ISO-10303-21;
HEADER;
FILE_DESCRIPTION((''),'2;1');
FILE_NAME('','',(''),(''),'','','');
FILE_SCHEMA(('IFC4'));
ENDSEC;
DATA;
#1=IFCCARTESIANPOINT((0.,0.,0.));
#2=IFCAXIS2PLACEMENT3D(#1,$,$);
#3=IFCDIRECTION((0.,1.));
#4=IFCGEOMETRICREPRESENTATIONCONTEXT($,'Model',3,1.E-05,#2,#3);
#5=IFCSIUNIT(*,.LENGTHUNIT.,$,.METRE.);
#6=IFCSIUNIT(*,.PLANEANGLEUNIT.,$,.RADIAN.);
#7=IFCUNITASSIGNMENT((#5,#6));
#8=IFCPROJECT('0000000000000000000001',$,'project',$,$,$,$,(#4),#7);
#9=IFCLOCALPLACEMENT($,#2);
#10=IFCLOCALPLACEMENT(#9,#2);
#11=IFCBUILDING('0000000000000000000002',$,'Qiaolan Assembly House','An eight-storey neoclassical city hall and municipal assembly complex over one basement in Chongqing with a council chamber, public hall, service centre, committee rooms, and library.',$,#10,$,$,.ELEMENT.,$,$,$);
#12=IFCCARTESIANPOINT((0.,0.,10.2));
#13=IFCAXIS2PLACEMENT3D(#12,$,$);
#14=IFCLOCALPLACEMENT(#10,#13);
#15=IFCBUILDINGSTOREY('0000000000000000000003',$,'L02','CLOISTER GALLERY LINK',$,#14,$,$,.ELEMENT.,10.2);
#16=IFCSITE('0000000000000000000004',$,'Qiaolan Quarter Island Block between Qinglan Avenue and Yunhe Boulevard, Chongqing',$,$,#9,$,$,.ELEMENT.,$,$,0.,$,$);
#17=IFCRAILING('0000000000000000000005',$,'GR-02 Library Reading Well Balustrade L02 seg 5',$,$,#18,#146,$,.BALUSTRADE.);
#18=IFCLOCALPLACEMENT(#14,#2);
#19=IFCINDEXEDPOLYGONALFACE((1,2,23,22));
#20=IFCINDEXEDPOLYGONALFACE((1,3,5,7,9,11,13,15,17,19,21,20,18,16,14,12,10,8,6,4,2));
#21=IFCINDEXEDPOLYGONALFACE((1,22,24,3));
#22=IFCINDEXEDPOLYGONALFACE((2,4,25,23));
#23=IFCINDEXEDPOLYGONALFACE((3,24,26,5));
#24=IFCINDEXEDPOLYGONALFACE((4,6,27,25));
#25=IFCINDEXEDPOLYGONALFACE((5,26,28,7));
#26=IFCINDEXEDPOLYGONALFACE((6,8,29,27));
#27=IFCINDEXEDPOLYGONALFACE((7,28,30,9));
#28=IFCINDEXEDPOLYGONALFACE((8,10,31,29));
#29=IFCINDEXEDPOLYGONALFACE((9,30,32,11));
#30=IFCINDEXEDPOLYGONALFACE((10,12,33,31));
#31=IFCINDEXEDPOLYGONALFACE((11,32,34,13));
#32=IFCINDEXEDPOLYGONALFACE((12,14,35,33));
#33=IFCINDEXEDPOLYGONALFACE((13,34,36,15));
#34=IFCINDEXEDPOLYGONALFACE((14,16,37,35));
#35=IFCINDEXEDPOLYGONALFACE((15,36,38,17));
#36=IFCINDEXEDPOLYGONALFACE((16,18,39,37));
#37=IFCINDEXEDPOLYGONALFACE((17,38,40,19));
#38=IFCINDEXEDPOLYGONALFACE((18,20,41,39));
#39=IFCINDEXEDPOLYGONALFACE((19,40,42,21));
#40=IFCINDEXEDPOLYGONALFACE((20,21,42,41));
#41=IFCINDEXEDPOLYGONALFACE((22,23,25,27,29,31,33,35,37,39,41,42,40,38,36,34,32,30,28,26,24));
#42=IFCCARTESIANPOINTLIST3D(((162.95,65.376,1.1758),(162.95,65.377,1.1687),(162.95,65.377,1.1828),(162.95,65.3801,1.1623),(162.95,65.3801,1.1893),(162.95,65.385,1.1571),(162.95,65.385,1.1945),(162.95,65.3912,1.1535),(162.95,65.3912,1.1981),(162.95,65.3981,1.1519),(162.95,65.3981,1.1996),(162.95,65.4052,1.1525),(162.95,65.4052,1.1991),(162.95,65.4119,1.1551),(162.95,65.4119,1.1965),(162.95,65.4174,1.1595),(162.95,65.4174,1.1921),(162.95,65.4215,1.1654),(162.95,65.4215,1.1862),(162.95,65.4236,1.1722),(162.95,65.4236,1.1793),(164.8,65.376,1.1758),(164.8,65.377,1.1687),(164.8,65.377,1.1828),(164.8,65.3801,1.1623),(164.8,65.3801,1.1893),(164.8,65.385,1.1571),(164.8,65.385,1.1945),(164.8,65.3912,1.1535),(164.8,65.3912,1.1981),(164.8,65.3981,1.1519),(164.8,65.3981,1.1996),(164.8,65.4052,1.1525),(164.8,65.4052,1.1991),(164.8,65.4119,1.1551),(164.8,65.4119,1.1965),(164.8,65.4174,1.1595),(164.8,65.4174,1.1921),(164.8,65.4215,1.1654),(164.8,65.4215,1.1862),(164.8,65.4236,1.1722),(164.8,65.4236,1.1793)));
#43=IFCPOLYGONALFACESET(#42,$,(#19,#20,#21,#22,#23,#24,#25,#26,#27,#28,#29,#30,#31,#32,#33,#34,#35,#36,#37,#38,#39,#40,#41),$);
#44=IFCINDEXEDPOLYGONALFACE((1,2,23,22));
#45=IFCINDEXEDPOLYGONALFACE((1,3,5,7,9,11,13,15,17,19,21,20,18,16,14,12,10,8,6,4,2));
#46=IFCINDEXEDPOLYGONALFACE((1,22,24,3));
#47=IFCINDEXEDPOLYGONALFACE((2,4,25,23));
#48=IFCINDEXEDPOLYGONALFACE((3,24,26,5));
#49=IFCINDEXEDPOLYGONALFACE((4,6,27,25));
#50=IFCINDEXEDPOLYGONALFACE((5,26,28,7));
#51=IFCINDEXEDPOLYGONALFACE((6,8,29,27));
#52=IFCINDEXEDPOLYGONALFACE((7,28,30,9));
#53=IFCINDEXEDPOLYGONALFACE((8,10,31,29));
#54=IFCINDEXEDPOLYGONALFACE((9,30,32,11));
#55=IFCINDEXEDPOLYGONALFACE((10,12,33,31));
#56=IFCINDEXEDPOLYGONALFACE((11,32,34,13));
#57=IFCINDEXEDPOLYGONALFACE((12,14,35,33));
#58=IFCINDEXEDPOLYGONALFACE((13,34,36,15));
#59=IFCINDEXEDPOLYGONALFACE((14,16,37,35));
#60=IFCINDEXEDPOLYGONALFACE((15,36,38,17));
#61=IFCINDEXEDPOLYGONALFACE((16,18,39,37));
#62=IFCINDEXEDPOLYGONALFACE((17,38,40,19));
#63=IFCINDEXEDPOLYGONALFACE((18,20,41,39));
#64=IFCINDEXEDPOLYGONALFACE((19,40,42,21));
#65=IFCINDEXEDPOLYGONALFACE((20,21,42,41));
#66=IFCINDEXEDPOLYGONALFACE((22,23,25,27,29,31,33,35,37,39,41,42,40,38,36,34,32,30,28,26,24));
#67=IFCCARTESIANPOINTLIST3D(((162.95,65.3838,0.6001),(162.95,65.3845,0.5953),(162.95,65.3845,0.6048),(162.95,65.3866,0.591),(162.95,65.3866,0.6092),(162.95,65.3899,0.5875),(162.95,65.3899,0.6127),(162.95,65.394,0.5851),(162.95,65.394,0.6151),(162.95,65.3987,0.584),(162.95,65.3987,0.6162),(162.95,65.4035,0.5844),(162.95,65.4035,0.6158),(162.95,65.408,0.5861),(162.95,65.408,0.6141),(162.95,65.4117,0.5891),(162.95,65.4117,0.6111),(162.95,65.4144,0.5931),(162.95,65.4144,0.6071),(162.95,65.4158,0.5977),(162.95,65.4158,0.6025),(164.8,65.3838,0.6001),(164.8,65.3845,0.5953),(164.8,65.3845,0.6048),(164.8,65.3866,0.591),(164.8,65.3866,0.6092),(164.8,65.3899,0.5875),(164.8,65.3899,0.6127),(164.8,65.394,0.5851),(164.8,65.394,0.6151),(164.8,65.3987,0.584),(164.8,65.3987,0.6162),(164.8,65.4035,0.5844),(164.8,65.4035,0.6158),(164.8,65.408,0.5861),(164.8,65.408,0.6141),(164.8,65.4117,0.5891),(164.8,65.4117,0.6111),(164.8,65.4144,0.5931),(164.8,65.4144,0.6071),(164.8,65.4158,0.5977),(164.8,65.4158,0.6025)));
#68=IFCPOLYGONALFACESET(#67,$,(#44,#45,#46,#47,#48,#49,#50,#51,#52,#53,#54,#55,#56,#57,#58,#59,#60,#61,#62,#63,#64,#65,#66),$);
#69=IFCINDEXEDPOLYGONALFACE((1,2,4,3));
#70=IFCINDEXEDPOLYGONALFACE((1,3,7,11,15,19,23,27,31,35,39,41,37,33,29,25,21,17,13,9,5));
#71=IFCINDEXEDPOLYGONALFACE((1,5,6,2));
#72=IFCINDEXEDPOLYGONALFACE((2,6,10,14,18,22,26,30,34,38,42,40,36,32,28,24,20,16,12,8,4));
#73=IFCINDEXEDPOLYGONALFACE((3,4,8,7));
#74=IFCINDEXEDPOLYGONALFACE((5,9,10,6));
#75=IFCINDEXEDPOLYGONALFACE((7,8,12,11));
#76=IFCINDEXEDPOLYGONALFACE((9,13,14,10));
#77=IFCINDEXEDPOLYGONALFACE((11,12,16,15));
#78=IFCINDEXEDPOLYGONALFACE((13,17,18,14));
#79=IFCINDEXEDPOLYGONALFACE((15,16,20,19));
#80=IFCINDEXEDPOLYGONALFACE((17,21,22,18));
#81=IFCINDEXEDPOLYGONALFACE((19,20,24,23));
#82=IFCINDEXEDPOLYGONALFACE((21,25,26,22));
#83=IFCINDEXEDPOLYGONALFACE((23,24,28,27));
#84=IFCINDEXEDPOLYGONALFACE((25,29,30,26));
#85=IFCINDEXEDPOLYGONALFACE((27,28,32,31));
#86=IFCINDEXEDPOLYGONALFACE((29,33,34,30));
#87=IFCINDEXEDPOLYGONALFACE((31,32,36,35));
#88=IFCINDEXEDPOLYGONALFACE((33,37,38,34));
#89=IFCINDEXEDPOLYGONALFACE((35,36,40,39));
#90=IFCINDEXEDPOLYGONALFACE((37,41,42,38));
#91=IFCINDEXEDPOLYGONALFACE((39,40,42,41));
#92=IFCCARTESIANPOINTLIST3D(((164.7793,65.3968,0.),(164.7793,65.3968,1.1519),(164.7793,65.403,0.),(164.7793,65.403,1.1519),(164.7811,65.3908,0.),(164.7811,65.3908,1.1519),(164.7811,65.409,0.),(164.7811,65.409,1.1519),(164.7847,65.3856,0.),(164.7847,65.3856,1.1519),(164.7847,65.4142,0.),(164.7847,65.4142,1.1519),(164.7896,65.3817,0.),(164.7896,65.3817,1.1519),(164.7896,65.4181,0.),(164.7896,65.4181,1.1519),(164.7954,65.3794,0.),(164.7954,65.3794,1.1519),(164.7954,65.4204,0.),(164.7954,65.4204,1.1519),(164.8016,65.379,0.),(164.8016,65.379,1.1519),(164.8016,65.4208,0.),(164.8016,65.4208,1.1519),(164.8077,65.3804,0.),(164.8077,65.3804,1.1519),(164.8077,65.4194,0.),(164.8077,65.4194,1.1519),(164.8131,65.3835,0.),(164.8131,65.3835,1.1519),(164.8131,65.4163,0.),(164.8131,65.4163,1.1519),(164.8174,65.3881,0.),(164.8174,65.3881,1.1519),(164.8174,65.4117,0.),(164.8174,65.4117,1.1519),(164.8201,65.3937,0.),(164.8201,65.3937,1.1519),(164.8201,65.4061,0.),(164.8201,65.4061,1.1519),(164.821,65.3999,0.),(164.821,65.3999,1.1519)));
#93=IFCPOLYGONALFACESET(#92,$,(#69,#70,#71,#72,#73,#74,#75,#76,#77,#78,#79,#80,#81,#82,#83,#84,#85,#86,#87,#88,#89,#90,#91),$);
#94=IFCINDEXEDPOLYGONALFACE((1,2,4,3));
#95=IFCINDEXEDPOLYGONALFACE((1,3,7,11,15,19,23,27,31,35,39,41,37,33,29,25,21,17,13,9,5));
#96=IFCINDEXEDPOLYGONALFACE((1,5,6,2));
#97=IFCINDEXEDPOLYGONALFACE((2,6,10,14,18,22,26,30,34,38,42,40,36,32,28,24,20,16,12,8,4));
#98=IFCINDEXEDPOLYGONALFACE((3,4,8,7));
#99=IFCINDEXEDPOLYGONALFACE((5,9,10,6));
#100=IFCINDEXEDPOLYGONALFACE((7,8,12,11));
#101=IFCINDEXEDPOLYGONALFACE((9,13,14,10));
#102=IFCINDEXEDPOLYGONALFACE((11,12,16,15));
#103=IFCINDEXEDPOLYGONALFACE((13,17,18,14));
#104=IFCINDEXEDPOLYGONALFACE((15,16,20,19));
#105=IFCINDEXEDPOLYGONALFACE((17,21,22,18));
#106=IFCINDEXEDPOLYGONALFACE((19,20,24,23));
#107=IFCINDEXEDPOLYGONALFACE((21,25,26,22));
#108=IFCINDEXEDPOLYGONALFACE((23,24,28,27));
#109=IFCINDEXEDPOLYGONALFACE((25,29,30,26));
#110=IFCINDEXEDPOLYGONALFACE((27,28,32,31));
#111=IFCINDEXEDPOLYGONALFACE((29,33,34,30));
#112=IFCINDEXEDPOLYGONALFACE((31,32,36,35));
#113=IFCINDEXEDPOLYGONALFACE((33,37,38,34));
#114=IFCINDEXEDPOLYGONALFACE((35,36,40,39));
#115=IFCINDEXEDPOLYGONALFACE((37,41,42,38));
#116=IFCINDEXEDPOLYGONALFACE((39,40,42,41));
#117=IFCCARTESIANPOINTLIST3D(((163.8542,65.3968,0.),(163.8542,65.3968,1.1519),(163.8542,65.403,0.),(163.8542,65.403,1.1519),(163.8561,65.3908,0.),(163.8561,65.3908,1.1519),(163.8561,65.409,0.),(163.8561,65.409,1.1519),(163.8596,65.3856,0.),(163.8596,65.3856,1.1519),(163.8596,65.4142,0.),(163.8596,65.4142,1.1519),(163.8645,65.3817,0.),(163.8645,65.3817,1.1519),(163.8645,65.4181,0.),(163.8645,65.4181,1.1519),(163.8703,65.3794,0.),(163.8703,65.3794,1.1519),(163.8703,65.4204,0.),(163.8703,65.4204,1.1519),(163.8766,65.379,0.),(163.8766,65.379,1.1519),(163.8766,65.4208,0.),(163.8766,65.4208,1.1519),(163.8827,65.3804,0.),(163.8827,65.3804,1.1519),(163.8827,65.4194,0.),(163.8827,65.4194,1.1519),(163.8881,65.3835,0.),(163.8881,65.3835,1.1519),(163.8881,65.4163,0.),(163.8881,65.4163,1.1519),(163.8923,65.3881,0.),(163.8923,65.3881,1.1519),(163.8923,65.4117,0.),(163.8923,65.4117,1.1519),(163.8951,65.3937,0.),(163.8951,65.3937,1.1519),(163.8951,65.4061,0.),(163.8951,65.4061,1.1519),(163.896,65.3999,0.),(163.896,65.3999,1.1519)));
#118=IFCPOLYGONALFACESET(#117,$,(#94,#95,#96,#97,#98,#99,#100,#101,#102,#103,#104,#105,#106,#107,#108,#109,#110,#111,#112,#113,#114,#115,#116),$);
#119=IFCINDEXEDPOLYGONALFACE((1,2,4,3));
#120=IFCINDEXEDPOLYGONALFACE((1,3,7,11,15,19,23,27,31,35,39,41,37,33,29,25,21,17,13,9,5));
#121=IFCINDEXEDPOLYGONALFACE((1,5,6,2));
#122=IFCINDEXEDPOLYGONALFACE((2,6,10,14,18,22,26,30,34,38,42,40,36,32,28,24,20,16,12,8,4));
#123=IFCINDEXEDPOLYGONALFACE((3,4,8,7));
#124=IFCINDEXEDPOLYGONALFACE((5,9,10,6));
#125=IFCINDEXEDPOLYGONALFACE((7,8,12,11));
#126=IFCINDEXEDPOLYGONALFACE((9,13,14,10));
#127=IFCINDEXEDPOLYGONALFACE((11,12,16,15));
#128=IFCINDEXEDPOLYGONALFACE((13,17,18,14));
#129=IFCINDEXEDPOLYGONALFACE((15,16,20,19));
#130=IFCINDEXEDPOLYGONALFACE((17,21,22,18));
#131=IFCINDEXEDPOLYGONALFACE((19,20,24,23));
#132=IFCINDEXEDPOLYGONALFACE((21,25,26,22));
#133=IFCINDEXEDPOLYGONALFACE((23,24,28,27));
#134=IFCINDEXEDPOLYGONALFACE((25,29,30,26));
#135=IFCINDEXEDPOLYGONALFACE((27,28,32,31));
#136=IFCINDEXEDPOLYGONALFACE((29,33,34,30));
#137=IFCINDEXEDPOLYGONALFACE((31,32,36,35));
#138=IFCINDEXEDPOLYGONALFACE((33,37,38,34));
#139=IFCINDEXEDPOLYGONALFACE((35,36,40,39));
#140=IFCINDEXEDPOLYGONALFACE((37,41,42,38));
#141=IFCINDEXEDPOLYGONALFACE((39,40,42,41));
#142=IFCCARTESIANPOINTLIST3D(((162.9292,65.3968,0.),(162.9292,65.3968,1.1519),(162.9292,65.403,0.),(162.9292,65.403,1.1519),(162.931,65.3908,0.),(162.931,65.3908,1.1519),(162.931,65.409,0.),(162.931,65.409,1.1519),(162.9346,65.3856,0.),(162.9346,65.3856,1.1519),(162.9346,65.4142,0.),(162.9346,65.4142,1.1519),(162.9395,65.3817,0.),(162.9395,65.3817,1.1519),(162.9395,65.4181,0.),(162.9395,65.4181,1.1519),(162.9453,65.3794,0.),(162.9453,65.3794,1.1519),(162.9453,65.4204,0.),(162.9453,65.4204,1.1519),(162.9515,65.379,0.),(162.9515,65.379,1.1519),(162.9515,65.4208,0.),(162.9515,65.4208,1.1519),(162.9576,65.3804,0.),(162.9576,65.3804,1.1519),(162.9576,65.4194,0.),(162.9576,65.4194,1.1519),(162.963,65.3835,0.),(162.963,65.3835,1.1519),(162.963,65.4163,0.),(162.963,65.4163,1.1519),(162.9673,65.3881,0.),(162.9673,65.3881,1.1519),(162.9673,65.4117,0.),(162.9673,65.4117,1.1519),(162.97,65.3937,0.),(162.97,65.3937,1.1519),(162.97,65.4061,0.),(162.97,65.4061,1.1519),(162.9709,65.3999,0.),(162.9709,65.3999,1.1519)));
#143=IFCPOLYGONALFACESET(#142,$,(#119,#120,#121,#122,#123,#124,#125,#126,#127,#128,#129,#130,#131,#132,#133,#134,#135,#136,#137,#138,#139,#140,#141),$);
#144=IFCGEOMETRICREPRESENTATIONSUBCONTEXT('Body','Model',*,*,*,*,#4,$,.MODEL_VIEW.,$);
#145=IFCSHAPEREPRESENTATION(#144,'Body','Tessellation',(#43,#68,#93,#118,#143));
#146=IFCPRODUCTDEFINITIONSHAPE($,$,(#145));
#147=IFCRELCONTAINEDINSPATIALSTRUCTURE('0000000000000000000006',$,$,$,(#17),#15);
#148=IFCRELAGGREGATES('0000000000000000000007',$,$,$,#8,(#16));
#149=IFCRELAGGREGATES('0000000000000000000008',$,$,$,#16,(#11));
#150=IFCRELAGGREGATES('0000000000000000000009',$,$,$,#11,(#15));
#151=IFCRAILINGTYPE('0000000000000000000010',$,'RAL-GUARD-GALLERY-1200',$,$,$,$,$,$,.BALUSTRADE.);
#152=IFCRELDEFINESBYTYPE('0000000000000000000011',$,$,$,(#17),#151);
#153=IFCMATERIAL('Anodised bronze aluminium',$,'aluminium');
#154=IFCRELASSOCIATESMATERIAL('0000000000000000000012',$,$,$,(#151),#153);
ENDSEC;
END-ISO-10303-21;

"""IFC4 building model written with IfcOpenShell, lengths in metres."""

from ifc_helpers import new_model, si_unit, direction, frame, origin, origin_2d, place, context, subcontext, project, spatial, circle, extrude, material, type_object, element, save


model = new_model("IFC4")

# Units and contexts
model_context = context("Model", 3, precision=1e-05, world=origin(), true_north=direction((0.0, 1.0)))
body_context = subcontext(model_context, "Body", "Model", "MODEL_VIEW")
ifc_project = project(units=[si_unit("LENGTHUNIT", "METRE"), si_unit("PLANEANGLEUNIT", "RADIAN")], contexts=[model_context])

# Site, building, storey
site_placement = place(None, origin())
site = spatial("IfcSite", under=ifc_project, at=site_placement, Name="Qiaolan Quarter Island Block between Qinglan Avenue and Yunhe Boulevard, Chongqing", CompositionType="ELEMENT", RefElevation=0.0)
building_placement = place(site_placement, origin())
building = spatial("IfcBuilding", under=site, at=building_placement, Name="Qiaolan Assembly House", Description="An eight-storey neoclassical city hall and municipal assembly complex over one basement in Chongqing with a council chamber, public hall, service centre, committee rooms, and library.", CompositionType="ELEMENT")
storey_placement = place(building_placement, frame((0.0, 0.0, 10.2)))
storey = spatial("IfcBuildingStorey", under=building, at=storey_placement, Name="L02", Description="CLOISTER GALLERY LINK", CompositionType="ELEMENT", Elevation=10.2)

# Railing
ifc_material_1 = material(Name="Anodised bronze aluminium", Category="aluminium")
railing_type = type_object("IfcRailingType", Name="RAL-GUARD-GALLERY-1200", PredefinedType="BALUSTRADE", material=ifc_material_1)
railing_1_placement = place(storey_placement, frame((164.8, 65.3999, 0.0)))
element("IfcRailing", 1, at=railing_1_placement, inside=storey, type_object=railing_type, Name="GR-02 Library Reading Well Balustrade L02 seg 5", PredefinedType="BALUSTRADE", context=body_context, shape_type="SweptSolid", body=[
    extrude(circle(Radius=0.0239, at=origin_2d()), frame((0.0, 0.0, 1.1758), z_axis=(-1.0, 0.0, 0.0), x_axis=(0.0, -1.0, 0.0)), (0.0, 0.0, 1.0), 1.8501),
    extrude(circle(Radius=0.0161, at=origin_2d()), frame((0.0, 0.0, 0.6001), z_axis=(-1.0, 0.0, 0.0), x_axis=(0.0, -1.0, 0.0)), (0.0, 0.0, 1.0), 1.8501),
    extrude(circle(Radius=0.021, at=origin_2d()), origin(), (0.0, 0.0, 1.0), 1.1519),
    extrude(circle(Radius=0.021, at=origin_2d()), frame((-0.925, 0.0, 0.0)), (0.0, 0.0, 1.0), 1.1519),
    extrude(circle(Radius=0.021, at=origin_2d()), frame((-1.8501, 0.0, 0.0)), (0.0, 0.0, 1.0), 1.1519),
])

save(model, "model.ifc")
